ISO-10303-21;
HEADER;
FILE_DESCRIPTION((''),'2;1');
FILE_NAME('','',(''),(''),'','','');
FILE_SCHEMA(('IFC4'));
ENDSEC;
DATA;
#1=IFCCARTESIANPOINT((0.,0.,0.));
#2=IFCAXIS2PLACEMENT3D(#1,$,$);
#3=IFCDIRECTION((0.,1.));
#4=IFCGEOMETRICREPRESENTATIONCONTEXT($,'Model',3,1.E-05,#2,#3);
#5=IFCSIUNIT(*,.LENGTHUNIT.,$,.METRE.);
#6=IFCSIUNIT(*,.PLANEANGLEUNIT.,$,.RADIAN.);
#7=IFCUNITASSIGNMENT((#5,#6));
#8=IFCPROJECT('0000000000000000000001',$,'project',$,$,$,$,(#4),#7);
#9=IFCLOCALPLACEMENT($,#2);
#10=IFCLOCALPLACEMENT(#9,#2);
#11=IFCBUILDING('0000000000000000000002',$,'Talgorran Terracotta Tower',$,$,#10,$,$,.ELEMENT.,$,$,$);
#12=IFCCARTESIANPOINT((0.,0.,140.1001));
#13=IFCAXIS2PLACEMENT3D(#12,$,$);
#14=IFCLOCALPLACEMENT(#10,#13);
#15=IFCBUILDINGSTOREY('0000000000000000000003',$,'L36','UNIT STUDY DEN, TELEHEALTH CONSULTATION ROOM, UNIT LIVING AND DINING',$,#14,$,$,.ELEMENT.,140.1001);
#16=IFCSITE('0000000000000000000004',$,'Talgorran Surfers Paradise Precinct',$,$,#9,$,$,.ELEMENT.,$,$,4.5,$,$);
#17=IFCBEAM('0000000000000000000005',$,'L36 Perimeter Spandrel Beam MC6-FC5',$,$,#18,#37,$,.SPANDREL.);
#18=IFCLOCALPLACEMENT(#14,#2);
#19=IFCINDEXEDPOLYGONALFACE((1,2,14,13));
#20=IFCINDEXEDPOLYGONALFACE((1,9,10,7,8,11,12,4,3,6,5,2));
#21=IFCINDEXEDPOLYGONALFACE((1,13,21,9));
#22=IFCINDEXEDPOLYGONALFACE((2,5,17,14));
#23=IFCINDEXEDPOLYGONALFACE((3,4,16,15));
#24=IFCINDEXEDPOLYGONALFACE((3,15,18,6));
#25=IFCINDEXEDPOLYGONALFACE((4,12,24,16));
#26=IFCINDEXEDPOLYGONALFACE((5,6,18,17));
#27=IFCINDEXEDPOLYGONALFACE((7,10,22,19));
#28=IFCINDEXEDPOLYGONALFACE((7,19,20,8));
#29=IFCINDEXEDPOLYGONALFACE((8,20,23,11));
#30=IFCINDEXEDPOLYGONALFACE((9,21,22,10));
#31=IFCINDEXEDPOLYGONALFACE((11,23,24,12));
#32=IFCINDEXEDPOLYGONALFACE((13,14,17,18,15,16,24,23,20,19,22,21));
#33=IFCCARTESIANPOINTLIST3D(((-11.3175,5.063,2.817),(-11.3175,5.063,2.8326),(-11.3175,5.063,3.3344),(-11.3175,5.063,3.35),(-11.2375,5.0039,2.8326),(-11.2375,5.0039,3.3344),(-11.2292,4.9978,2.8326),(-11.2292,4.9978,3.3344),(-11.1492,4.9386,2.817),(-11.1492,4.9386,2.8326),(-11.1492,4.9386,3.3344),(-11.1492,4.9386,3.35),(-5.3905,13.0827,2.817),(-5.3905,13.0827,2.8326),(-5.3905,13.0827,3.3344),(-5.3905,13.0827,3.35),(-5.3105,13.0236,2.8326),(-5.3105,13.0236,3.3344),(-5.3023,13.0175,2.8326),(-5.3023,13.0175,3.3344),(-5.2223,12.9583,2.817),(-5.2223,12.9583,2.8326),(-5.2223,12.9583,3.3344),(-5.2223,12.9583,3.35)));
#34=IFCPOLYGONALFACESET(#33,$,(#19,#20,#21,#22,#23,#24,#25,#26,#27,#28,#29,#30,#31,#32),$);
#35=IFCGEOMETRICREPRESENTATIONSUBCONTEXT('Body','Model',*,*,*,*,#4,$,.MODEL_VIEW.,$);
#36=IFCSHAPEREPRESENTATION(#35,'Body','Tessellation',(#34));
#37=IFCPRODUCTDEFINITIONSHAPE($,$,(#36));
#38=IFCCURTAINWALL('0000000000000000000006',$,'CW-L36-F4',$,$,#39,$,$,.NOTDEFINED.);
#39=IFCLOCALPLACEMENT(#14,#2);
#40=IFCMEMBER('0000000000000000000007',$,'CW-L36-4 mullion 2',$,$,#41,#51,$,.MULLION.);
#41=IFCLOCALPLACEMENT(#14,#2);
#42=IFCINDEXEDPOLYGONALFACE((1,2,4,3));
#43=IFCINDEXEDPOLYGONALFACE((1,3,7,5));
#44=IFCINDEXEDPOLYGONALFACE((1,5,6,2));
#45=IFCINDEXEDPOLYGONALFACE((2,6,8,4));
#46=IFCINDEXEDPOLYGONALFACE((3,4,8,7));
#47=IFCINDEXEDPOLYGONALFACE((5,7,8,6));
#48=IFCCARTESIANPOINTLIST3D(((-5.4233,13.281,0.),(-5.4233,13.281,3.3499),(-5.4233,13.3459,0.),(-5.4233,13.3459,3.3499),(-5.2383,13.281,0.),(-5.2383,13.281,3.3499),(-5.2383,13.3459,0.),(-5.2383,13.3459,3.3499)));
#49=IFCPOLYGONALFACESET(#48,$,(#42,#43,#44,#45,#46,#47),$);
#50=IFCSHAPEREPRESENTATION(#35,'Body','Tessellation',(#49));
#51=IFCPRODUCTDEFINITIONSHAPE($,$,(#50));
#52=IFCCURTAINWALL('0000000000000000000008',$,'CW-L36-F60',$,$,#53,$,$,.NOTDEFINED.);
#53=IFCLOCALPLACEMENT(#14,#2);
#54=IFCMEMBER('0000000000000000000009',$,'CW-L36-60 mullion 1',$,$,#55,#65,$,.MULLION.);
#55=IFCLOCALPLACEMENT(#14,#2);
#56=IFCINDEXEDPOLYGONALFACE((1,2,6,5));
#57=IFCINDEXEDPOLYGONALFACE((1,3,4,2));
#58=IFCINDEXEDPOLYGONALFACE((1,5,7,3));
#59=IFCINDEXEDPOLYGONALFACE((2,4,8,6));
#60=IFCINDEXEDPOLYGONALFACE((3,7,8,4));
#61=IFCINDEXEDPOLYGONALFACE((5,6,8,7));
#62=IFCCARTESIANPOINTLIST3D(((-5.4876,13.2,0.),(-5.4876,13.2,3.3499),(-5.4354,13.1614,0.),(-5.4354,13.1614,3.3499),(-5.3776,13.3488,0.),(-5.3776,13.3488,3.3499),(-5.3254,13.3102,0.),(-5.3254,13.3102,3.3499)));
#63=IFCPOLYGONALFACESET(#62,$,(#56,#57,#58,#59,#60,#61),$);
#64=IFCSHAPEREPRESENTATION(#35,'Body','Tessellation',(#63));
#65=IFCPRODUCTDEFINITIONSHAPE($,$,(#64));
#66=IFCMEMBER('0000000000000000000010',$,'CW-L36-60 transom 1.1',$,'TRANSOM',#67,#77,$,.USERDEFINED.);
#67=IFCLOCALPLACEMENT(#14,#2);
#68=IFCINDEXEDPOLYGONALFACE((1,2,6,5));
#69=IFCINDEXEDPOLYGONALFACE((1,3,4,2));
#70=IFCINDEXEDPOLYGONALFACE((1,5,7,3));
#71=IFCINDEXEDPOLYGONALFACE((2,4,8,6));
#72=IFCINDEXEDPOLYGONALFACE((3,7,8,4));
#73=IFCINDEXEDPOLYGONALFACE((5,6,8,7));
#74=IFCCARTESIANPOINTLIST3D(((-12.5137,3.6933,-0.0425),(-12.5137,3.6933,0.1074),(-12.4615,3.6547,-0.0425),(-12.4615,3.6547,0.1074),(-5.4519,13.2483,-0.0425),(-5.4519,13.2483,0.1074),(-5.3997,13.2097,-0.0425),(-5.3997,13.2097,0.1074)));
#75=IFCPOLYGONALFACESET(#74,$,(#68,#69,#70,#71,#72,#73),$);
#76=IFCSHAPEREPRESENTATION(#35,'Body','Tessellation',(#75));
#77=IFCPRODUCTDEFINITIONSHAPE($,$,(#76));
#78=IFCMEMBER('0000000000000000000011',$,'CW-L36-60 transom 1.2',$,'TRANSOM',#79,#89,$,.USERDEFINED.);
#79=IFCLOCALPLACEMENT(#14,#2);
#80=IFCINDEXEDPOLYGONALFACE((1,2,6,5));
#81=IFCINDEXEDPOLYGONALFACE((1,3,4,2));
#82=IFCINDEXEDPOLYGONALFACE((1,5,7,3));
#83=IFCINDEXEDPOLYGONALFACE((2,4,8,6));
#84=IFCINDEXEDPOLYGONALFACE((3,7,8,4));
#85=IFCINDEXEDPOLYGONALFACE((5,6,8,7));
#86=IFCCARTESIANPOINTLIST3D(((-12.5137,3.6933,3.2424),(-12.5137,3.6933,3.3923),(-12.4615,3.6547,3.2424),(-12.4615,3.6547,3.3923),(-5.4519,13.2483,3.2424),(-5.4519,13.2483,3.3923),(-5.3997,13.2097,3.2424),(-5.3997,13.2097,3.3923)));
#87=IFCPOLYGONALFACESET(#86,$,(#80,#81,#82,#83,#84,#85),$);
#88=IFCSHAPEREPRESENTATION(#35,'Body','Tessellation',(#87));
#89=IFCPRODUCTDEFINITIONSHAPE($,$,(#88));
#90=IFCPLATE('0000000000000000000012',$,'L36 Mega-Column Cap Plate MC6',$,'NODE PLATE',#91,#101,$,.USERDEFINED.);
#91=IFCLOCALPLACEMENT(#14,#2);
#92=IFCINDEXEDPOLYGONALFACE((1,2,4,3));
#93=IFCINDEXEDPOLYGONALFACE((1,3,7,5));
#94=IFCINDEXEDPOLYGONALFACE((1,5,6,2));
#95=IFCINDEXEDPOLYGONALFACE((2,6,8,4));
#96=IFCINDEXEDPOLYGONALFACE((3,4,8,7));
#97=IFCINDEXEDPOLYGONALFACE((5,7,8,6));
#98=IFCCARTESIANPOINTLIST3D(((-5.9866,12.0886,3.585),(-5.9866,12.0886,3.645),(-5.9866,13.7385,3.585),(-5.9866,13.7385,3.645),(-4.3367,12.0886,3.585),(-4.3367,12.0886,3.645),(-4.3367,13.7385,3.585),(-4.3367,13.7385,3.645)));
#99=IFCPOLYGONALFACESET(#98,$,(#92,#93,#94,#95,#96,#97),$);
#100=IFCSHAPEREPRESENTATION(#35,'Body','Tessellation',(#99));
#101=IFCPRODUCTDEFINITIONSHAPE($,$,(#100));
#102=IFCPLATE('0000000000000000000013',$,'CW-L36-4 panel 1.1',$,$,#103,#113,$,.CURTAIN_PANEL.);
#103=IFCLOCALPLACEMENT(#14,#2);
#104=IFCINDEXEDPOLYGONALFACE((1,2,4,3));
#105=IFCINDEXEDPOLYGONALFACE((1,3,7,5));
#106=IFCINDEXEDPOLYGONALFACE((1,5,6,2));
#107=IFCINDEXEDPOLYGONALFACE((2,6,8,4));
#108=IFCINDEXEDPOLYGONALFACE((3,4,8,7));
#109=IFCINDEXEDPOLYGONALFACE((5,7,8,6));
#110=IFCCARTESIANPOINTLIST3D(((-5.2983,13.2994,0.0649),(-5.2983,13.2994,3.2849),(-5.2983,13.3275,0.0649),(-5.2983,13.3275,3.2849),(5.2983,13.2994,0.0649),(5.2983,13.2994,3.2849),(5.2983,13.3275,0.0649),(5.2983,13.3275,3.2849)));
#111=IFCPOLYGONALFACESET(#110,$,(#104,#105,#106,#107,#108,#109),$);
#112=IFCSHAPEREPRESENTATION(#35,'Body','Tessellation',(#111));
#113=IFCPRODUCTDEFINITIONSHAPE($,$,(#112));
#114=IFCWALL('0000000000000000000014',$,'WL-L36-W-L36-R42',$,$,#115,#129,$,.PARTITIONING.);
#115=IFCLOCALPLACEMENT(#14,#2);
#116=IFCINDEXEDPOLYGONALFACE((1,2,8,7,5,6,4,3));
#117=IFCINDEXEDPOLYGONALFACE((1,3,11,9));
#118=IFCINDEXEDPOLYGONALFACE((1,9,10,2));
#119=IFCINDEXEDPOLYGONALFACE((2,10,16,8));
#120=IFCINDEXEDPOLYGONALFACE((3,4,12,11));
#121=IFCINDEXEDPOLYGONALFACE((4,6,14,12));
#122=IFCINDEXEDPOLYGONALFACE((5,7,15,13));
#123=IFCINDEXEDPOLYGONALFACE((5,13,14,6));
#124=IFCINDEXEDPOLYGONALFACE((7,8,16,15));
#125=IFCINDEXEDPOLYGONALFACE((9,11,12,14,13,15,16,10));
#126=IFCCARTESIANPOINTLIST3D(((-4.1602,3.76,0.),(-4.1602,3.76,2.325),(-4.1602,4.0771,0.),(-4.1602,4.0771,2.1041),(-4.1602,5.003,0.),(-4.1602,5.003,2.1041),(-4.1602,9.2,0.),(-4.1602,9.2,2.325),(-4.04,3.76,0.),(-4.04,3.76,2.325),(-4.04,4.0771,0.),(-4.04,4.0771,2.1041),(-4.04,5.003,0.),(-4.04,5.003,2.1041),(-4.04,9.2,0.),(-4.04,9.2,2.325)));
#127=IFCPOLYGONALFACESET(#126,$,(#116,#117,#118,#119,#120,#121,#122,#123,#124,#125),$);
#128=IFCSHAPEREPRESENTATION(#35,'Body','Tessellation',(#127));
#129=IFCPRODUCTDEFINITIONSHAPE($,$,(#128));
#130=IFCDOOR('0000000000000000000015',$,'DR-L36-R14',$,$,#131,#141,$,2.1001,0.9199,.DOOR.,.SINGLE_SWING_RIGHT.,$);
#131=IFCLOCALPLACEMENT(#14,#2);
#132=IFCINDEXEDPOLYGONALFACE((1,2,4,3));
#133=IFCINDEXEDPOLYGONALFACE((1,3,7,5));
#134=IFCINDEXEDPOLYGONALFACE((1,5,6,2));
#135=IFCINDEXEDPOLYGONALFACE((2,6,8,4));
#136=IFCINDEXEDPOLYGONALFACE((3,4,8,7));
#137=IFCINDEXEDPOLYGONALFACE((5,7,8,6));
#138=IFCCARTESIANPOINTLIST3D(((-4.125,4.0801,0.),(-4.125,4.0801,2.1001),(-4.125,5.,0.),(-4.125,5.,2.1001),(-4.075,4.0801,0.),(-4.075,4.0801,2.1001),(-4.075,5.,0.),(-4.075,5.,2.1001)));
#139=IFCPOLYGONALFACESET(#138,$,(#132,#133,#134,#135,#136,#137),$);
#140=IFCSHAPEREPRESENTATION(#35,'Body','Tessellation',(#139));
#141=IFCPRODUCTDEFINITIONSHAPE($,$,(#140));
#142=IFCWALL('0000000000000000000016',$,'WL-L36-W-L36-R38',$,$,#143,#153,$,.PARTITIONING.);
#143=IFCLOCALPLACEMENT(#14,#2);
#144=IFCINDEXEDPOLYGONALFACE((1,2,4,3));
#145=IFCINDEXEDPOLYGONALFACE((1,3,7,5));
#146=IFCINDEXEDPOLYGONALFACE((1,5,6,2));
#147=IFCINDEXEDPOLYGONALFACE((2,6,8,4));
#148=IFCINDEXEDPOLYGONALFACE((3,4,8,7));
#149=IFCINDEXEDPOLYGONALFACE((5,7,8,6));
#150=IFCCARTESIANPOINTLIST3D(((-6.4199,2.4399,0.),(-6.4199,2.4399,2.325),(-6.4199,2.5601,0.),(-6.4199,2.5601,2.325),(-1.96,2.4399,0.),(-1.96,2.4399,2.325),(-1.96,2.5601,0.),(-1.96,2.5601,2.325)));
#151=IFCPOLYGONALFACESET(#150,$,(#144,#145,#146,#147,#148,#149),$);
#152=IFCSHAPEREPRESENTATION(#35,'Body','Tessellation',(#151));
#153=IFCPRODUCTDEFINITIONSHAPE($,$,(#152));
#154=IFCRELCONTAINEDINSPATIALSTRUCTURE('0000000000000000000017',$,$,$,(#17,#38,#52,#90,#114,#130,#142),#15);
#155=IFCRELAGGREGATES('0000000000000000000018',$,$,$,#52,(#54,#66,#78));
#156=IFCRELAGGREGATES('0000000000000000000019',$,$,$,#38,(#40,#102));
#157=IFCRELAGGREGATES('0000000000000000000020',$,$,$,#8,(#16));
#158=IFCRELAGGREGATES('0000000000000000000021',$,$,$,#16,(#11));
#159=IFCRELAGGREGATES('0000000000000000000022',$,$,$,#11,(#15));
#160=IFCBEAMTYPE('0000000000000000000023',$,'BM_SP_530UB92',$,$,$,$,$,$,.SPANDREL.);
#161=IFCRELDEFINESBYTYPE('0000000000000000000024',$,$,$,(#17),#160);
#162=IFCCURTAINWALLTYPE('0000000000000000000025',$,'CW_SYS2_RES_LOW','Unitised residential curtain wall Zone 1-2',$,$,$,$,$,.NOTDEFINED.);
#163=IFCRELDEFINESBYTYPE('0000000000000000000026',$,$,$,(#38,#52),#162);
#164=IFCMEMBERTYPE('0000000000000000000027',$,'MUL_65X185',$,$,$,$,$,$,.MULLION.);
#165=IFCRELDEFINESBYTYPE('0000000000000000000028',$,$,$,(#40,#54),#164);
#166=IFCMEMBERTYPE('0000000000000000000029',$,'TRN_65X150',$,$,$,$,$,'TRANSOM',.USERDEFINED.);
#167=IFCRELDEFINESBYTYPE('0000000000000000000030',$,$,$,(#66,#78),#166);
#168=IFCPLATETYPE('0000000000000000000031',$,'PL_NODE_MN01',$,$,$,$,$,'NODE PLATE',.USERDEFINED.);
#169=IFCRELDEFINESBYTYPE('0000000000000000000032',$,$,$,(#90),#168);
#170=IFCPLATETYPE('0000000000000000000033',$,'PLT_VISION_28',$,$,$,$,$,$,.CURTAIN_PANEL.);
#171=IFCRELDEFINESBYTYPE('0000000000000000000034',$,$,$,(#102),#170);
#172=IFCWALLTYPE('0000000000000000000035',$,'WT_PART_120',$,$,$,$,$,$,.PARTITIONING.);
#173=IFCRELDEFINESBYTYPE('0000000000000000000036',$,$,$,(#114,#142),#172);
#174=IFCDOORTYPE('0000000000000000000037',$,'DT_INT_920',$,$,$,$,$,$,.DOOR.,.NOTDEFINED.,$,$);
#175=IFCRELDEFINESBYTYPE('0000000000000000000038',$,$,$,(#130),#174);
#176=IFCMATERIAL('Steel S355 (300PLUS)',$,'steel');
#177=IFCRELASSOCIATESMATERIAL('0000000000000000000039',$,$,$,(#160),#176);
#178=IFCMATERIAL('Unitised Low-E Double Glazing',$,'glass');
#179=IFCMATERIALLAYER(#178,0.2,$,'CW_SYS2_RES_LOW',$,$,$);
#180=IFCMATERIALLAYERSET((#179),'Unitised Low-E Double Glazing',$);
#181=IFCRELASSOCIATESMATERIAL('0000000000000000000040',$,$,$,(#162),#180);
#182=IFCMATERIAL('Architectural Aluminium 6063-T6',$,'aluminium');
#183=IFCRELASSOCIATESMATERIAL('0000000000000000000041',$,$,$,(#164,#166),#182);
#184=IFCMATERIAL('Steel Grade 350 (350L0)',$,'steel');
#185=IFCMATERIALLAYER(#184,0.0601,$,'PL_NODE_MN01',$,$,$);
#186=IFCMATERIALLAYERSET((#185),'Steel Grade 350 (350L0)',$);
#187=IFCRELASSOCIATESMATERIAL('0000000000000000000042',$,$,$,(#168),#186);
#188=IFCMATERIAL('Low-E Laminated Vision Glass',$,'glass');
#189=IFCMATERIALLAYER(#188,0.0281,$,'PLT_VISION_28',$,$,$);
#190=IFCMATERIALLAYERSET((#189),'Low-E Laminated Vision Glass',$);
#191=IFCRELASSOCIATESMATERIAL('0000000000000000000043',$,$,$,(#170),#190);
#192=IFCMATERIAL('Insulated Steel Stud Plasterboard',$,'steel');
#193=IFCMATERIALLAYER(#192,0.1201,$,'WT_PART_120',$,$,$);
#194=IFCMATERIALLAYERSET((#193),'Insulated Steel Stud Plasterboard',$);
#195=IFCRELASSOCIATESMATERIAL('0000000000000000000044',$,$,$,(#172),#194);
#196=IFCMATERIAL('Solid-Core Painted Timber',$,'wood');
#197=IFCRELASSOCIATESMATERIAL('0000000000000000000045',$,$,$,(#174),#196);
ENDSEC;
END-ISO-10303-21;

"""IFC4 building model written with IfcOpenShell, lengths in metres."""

from ifc_helpers import new_model, si_unit, direction, frame, frame_2d, origin, origin_2d, place, context, subcontext, project, spatial, rectangle, i_section, extrude, source, transform, mapped, material, layer, layer_set, material_profile, profile_set, type_object, type_shapes, element, fill, aggregate, save


model = new_model("IFC4")

# Units and contexts
model_context = context("Model", 3, precision=1e-05, world=origin(), true_north=direction((0.0, 1.0)))
body_context = subcontext(model_context, "Body", "Model", "MODEL_VIEW")
ifc_project = project(units=[si_unit("LENGTHUNIT", "METRE"), si_unit("PLANEANGLEUNIT", "RADIAN")], contexts=[model_context])

# Site, building, storey
site_placement = place(None, origin())
site = spatial("IfcSite", under=ifc_project, at=site_placement, Name="Talgorran Surfers Paradise Precinct", CompositionType="ELEMENT", RefElevation=4.5)
building_placement = place(site_placement, origin())
building = spatial("IfcBuilding", under=site, at=building_placement, Name="Talgorran Terracotta Tower", CompositionType="ELEMENT")
storey_placement = place(building_placement, frame((0.0, 0.0, 140.1001)))
storey = spatial("IfcBuildingStorey", under=building, at=storey_placement, Name="L36", Description="UNIT STUDY DEN, TELEHEALTH CONSULTATION ROOM, UNIT LIVING AND DINING", CompositionType="ELEMENT", Elevation=140.1001)

# Shared definitions
ifc_material_1 = material(Name="Steel S355 (300PLUS)", Category="steel")
ifc_material_2 = material(Name="Steel Grade 350 (350L0)", Category="steel")

# Beam
ifc_material_profile_1 = material_profile(ifc_material_1, i_section(OverallWidth=0.2092, OverallDepth=0.533, WebThickness=0.0103, FlangeThickness=0.0156, at=origin_2d()), Name="530UB92.4")
ifc_profile_set_1 = profile_set([ifc_material_profile_1], Name="Steel S355 (300PLUS)")
beam_type_1 = type_object("IfcBeamType", Name="BM_SP_530UB92", PredefinedType="SPANDREL", material=ifc_profile_set_1)
beam_1_placement = place(storey_placement, frame((-5.3064, 13.0205, 3.0835), z_axis=(-0.594348, -0.804208, 0.0), x_axis=(0.804208, -0.594348, 0.0)))
element("IfcBeam", 1, at=beam_1_placement, inside=storey, type_object=beam_type_1, Name="L36 Perimeter Spandrel Beam MC6-FC5", PredefinedType="SPANDREL", context=body_context, shape_type="SweptSolid", body=[
    extrude(i_section(OverallWidth=0.2092, OverallDepth=0.533, WebThickness=0.0103, FlangeThickness=0.0156, at=origin_2d()), origin(), (0.0, 0.0, 1.0), 9.9722),
])

# Curtain wall, member
ifc_material_3 = material(Name="Unitised Low-E Double Glazing", Category="glass")
ifc_layer_1 = layer(ifc_material_3, 0.2, Name="CW_SYS2_RES_LOW")
ifc_layer_set_1 = layer_set([ifc_layer_1], Name="Unitised Low-E Double Glazing")
curtain_wall_type = type_object("IfcCurtainWallType", Name="CW_SYS2_RES_LOW", Description="Unitised residential curtain wall Zone 1-2", PredefinedType="NOTDEFINED", material=ifc_layer_set_1)
curtain_wall_1_placement = place(storey_placement, origin())
curtain_wall_1 = element("IfcCurtainWall", 2, at=curtain_wall_1_placement, inside=storey, type_object=curtain_wall_type, Name="CW-L36-F4", PredefinedType="NOTDEFINED")
ifc_material_4 = material(Name="Architectural Aluminium 6063-T6", Category="aluminium")
ifc_material_profile_2 = material_profile(ifc_material_4, rectangle(XDim=0.0649, YDim=0.1851, at=origin_2d()), Name="CWM65X185")
ifc_profile_set_2 = profile_set([ifc_material_profile_2], Name="Architectural Aluminium 6063-T6")
member_type_1 = type_object("IfcMemberType", Name="MUL_65X185", PredefinedType="MULLION", material=ifc_profile_set_2)
member_1_placement = place(storey_placement, frame((-5.3308, 13.3135, 0.0), z_axis=(0.0, 0.0, 1.0), x_axis=(0.0, -1.0, 0.0)))
member_1 = element("IfcMember", 3, at=member_1_placement, type_object=member_type_1, Name="CW-L36-4 mullion 2", PredefinedType="MULLION", context=body_context, shape_type="SweptSolid", body=[
    extrude(rectangle(XDim=0.0649, YDim=0.1851, at=origin_2d()), origin(), (0.0, 0.0, 1.0), 3.3499),
])

# Curtain wall, members
curtain_wall_2_placement = place(storey_placement, origin())
curtain_wall_2 = element("IfcCurtainWall", 4, at=curtain_wall_2_placement, inside=storey, type_object=curtain_wall_type, Name="CW-L36-F60", PredefinedType="NOTDEFINED")
member_2_placement = place(storey_placement, frame((-5.4065, 13.2551, 0.0), z_axis=(0.0, 0.0, 1.0), x_axis=(0.8042, -0.594359, 0.0)))
member_2 = element("IfcMember", 5, at=member_2_placement, type_object=member_type_1, Name="CW-L36-60 mullion 1", PredefinedType="MULLION", context=body_context, shape_type="SweptSolid", body=[
    extrude(rectangle(XDim=0.0649, YDim=0.1851, at=origin_2d()), origin(), (0.0, 0.0, 1.0), 3.3499),
])
ifc_material_profile_3 = material_profile(ifc_material_4, rectangle(XDim=0.0649, YDim=0.1499, at=origin_2d()), Name="CWT65X150")
ifc_profile_set_3 = profile_set([ifc_material_profile_3], Name="Architectural Aluminium 6063-T6")
member_type_2 = type_object("IfcMemberType", Name="TRN_65X150", ElementType="TRANSOM", PredefinedType="USERDEFINED", material=ifc_profile_set_3)
member_3_placement = place(storey_placement, frame((-5.4258, 13.229, 0.0325), z_axis=(-0.59436, -0.804199, 0.0), x_axis=(0.804199, -0.59436, 0.0)))
member_3 = element("IfcMember", 6, at=member_3_placement, type_object=member_type_2, Name="CW-L36-60 transom 1.1", ObjectType="TRANSOM", PredefinedType="USERDEFINED", context=body_context, shape_type="SweptSolid", body=[
    extrude(rectangle(XDim=0.0649, YDim=0.1499, at=origin_2d()), origin(), (0.0, 0.0, 1.0), 11.8813),
])
member_4_placement = place(storey_placement, frame((-5.4258, 13.229, 3.3174), z_axis=(-0.59436, -0.804199, 0.0), x_axis=(0.804199, -0.59436, 0.0)))
member_4 = element("IfcMember", 7, at=member_4_placement, type_object=member_type_2, Name="CW-L36-60 transom 1.2", ObjectType="TRANSOM", PredefinedType="USERDEFINED", context=body_context, shape_type="SweptSolid", body=[
    extrude(rectangle(XDim=0.0649, YDim=0.1499, at=origin_2d()), origin(), (0.0, 0.0, 1.0), 11.8813),
])
aggregate(curtain_wall_2, [member_2, member_3, member_4])

# Plates
ifc_layer_2 = layer(ifc_material_2, 0.0601, Name="PL_NODE_MN01")
ifc_layer_set_2 = layer_set([ifc_layer_2], Name="Steel Grade 350 (350L0)")
plate_type_1 = type_object("IfcPlateType", Name="PL_NODE_MN01", ElementType="NODE PLATE", PredefinedType="USERDEFINED", material=ifc_layer_set_2)
plate_1_placement = place(storey_placement, frame((-5.1616, 12.9136, 3.585), z_axis=(0.0, 0.0, 1.0), x_axis=(1.0, 0.0, 0.0)))
element("IfcPlate", 8, at=plate_1_placement, inside=storey, type_object=plate_type_1, Name="L36 Mega-Column Cap Plate MC6", ObjectType="NODE PLATE", PredefinedType="USERDEFINED", context=body_context, shape_type="SweptSolid", body=[
    extrude(rectangle(XDim=1.6499, YDim=1.6499, at=origin_2d()), origin(), (0.0, 0.0, 1.0), 0.0601),
])
ifc_material_5 = material(Name="Low-E Laminated Vision Glass", Category="glass")
ifc_layer_3 = layer(ifc_material_5, 0.0281, Name="PLT_VISION_28")
ifc_layer_set_3 = layer_set([ifc_layer_3], Name="Low-E Laminated Vision Glass")
plate_type_2 = type_object("IfcPlateType", Name="PLT_VISION_28", PredefinedType="CURTAIN_PANEL", material=ifc_layer_set_3)
shared_shape = source(origin(), body_context, "Body", "SweptSolid", [
    extrude(rectangle(XDim=10.5967, YDim=0.0281, at=origin_2d()), origin(), (0.0, 0.0, 1.0), 3.22),
])
type_shapes(plate_type_2, [shared_shape])
plate_2_placement = place(storey_placement, frame((0.0, 13.3135, 0.0649), z_axis=(0.0, 0.0, 1.0), x_axis=(-1.0, 0.0, 0.0)))
plate_2 = element("IfcPlate", 9, at=plate_2_placement, type_object=plate_type_2, Name="CW-L36-4 panel 1.1", PredefinedType="CURTAIN_PANEL", context=body_context, shape_type="MappedRepresentation", body=[
    mapped(shared_shape, transform((0.0, 0.0, 0.0), scale=1.0)),
])
aggregate(curtain_wall_1, [member_1, plate_2])

# Wall, opening, door
ifc_material_6 = material(Name="Insulated Steel Stud Plasterboard", Category="steel")
ifc_layer_4 = layer(ifc_material_6, 0.1201, Name="WT_PART_120")
ifc_layer_set_4 = layer_set([ifc_layer_4], Name="Insulated Steel Stud Plasterboard")
wall_type = type_object("IfcWallType", Name="WT_PART_120", PredefinedType="PARTITIONING", material=ifc_layer_set_4)
wall_1_placement = place(storey_placement, frame((-4.1001, 3.76, 0.0), z_axis=(0.0, 0.0, 1.0), x_axis=(0.0, 1.0, 0.0)))
wall_1 = element("IfcWall", 10, at=wall_1_placement, inside=storey, type_object=wall_type, Name="WL-L36-W-L36-R42", PredefinedType="PARTITIONING", context=body_context, shape_type="SweptSolid", body=[
    extrude(rectangle(XDim=5.4399, YDim=0.1201, at=frame_2d((2.72, 0.0))), origin(), (0.0, 0.0, 1.0), 2.325),
])
opening_1_placement = place(wall_1_placement, frame((0.3201, 0.0, 0.0)))
opening_1 = element("IfcOpeningElement", 11, at=opening_1_placement, cuts=wall_1, PredefinedType="OPENING", context=body_context, shape_type="SweptSolid", body=[
    extrude(rectangle(XDim=0.9259, YDim=2.1041, at=frame_2d((0.46, 1.052))), frame((0.0, 0.0701, 0.0), z_axis=(0.0, -1.0, 0.0), x_axis=(1.0, 0.0, 0.0)), (0.0, 0.0, 1.0), 0.1401),
])
ifc_material_7 = material(Name="Solid-Core Painted Timber", Category="wood")
door_type = type_object("IfcDoorType", Name="DT_INT_920", OperationType="NOTDEFINED", PredefinedType="DOOR", material=ifc_material_7)
door_1_placement = place(opening_1_placement, origin())
door_1 = element("IfcDoor", 12, at=door_1_placement, inside=storey, type_object=door_type, Name="DR-L36-R14", OperationType="SINGLE_SWING_RIGHT", OverallHeight=2.1001, OverallWidth=0.9199, PredefinedType="DOOR", context=body_context, shape_type="SweptSolid", body=[
    extrude(rectangle(XDim=0.9199, YDim=2.1001, at=frame_2d((0.46, 1.05))), frame((0.0, 0.0249, 0.0), z_axis=(0.0, -1.0, 0.0), x_axis=(1.0, 0.0, 0.0)), (0.0, 0.0, 1.0), 0.05),
])
fill(opening_1, door_1)

# Wall
wall_2_placement = place(storey_placement, frame((-6.4199, 2.5, 0.0), z_axis=(0.0, 0.0, 1.0), x_axis=(1.0, 0.0, 0.0)))
element("IfcWall", 13, at=wall_2_placement, inside=storey, type_object=wall_type, Name="WL-L36-W-L36-R38", PredefinedType="PARTITIONING", context=body_context, shape_type="SweptSolid", body=[
    extrude(rectangle(XDim=4.46, YDim=0.1201, at=frame_2d((2.23, 0.0))), origin(), (0.0, 0.0, 1.0), 2.325),
])

save(model, "model.ifc")
